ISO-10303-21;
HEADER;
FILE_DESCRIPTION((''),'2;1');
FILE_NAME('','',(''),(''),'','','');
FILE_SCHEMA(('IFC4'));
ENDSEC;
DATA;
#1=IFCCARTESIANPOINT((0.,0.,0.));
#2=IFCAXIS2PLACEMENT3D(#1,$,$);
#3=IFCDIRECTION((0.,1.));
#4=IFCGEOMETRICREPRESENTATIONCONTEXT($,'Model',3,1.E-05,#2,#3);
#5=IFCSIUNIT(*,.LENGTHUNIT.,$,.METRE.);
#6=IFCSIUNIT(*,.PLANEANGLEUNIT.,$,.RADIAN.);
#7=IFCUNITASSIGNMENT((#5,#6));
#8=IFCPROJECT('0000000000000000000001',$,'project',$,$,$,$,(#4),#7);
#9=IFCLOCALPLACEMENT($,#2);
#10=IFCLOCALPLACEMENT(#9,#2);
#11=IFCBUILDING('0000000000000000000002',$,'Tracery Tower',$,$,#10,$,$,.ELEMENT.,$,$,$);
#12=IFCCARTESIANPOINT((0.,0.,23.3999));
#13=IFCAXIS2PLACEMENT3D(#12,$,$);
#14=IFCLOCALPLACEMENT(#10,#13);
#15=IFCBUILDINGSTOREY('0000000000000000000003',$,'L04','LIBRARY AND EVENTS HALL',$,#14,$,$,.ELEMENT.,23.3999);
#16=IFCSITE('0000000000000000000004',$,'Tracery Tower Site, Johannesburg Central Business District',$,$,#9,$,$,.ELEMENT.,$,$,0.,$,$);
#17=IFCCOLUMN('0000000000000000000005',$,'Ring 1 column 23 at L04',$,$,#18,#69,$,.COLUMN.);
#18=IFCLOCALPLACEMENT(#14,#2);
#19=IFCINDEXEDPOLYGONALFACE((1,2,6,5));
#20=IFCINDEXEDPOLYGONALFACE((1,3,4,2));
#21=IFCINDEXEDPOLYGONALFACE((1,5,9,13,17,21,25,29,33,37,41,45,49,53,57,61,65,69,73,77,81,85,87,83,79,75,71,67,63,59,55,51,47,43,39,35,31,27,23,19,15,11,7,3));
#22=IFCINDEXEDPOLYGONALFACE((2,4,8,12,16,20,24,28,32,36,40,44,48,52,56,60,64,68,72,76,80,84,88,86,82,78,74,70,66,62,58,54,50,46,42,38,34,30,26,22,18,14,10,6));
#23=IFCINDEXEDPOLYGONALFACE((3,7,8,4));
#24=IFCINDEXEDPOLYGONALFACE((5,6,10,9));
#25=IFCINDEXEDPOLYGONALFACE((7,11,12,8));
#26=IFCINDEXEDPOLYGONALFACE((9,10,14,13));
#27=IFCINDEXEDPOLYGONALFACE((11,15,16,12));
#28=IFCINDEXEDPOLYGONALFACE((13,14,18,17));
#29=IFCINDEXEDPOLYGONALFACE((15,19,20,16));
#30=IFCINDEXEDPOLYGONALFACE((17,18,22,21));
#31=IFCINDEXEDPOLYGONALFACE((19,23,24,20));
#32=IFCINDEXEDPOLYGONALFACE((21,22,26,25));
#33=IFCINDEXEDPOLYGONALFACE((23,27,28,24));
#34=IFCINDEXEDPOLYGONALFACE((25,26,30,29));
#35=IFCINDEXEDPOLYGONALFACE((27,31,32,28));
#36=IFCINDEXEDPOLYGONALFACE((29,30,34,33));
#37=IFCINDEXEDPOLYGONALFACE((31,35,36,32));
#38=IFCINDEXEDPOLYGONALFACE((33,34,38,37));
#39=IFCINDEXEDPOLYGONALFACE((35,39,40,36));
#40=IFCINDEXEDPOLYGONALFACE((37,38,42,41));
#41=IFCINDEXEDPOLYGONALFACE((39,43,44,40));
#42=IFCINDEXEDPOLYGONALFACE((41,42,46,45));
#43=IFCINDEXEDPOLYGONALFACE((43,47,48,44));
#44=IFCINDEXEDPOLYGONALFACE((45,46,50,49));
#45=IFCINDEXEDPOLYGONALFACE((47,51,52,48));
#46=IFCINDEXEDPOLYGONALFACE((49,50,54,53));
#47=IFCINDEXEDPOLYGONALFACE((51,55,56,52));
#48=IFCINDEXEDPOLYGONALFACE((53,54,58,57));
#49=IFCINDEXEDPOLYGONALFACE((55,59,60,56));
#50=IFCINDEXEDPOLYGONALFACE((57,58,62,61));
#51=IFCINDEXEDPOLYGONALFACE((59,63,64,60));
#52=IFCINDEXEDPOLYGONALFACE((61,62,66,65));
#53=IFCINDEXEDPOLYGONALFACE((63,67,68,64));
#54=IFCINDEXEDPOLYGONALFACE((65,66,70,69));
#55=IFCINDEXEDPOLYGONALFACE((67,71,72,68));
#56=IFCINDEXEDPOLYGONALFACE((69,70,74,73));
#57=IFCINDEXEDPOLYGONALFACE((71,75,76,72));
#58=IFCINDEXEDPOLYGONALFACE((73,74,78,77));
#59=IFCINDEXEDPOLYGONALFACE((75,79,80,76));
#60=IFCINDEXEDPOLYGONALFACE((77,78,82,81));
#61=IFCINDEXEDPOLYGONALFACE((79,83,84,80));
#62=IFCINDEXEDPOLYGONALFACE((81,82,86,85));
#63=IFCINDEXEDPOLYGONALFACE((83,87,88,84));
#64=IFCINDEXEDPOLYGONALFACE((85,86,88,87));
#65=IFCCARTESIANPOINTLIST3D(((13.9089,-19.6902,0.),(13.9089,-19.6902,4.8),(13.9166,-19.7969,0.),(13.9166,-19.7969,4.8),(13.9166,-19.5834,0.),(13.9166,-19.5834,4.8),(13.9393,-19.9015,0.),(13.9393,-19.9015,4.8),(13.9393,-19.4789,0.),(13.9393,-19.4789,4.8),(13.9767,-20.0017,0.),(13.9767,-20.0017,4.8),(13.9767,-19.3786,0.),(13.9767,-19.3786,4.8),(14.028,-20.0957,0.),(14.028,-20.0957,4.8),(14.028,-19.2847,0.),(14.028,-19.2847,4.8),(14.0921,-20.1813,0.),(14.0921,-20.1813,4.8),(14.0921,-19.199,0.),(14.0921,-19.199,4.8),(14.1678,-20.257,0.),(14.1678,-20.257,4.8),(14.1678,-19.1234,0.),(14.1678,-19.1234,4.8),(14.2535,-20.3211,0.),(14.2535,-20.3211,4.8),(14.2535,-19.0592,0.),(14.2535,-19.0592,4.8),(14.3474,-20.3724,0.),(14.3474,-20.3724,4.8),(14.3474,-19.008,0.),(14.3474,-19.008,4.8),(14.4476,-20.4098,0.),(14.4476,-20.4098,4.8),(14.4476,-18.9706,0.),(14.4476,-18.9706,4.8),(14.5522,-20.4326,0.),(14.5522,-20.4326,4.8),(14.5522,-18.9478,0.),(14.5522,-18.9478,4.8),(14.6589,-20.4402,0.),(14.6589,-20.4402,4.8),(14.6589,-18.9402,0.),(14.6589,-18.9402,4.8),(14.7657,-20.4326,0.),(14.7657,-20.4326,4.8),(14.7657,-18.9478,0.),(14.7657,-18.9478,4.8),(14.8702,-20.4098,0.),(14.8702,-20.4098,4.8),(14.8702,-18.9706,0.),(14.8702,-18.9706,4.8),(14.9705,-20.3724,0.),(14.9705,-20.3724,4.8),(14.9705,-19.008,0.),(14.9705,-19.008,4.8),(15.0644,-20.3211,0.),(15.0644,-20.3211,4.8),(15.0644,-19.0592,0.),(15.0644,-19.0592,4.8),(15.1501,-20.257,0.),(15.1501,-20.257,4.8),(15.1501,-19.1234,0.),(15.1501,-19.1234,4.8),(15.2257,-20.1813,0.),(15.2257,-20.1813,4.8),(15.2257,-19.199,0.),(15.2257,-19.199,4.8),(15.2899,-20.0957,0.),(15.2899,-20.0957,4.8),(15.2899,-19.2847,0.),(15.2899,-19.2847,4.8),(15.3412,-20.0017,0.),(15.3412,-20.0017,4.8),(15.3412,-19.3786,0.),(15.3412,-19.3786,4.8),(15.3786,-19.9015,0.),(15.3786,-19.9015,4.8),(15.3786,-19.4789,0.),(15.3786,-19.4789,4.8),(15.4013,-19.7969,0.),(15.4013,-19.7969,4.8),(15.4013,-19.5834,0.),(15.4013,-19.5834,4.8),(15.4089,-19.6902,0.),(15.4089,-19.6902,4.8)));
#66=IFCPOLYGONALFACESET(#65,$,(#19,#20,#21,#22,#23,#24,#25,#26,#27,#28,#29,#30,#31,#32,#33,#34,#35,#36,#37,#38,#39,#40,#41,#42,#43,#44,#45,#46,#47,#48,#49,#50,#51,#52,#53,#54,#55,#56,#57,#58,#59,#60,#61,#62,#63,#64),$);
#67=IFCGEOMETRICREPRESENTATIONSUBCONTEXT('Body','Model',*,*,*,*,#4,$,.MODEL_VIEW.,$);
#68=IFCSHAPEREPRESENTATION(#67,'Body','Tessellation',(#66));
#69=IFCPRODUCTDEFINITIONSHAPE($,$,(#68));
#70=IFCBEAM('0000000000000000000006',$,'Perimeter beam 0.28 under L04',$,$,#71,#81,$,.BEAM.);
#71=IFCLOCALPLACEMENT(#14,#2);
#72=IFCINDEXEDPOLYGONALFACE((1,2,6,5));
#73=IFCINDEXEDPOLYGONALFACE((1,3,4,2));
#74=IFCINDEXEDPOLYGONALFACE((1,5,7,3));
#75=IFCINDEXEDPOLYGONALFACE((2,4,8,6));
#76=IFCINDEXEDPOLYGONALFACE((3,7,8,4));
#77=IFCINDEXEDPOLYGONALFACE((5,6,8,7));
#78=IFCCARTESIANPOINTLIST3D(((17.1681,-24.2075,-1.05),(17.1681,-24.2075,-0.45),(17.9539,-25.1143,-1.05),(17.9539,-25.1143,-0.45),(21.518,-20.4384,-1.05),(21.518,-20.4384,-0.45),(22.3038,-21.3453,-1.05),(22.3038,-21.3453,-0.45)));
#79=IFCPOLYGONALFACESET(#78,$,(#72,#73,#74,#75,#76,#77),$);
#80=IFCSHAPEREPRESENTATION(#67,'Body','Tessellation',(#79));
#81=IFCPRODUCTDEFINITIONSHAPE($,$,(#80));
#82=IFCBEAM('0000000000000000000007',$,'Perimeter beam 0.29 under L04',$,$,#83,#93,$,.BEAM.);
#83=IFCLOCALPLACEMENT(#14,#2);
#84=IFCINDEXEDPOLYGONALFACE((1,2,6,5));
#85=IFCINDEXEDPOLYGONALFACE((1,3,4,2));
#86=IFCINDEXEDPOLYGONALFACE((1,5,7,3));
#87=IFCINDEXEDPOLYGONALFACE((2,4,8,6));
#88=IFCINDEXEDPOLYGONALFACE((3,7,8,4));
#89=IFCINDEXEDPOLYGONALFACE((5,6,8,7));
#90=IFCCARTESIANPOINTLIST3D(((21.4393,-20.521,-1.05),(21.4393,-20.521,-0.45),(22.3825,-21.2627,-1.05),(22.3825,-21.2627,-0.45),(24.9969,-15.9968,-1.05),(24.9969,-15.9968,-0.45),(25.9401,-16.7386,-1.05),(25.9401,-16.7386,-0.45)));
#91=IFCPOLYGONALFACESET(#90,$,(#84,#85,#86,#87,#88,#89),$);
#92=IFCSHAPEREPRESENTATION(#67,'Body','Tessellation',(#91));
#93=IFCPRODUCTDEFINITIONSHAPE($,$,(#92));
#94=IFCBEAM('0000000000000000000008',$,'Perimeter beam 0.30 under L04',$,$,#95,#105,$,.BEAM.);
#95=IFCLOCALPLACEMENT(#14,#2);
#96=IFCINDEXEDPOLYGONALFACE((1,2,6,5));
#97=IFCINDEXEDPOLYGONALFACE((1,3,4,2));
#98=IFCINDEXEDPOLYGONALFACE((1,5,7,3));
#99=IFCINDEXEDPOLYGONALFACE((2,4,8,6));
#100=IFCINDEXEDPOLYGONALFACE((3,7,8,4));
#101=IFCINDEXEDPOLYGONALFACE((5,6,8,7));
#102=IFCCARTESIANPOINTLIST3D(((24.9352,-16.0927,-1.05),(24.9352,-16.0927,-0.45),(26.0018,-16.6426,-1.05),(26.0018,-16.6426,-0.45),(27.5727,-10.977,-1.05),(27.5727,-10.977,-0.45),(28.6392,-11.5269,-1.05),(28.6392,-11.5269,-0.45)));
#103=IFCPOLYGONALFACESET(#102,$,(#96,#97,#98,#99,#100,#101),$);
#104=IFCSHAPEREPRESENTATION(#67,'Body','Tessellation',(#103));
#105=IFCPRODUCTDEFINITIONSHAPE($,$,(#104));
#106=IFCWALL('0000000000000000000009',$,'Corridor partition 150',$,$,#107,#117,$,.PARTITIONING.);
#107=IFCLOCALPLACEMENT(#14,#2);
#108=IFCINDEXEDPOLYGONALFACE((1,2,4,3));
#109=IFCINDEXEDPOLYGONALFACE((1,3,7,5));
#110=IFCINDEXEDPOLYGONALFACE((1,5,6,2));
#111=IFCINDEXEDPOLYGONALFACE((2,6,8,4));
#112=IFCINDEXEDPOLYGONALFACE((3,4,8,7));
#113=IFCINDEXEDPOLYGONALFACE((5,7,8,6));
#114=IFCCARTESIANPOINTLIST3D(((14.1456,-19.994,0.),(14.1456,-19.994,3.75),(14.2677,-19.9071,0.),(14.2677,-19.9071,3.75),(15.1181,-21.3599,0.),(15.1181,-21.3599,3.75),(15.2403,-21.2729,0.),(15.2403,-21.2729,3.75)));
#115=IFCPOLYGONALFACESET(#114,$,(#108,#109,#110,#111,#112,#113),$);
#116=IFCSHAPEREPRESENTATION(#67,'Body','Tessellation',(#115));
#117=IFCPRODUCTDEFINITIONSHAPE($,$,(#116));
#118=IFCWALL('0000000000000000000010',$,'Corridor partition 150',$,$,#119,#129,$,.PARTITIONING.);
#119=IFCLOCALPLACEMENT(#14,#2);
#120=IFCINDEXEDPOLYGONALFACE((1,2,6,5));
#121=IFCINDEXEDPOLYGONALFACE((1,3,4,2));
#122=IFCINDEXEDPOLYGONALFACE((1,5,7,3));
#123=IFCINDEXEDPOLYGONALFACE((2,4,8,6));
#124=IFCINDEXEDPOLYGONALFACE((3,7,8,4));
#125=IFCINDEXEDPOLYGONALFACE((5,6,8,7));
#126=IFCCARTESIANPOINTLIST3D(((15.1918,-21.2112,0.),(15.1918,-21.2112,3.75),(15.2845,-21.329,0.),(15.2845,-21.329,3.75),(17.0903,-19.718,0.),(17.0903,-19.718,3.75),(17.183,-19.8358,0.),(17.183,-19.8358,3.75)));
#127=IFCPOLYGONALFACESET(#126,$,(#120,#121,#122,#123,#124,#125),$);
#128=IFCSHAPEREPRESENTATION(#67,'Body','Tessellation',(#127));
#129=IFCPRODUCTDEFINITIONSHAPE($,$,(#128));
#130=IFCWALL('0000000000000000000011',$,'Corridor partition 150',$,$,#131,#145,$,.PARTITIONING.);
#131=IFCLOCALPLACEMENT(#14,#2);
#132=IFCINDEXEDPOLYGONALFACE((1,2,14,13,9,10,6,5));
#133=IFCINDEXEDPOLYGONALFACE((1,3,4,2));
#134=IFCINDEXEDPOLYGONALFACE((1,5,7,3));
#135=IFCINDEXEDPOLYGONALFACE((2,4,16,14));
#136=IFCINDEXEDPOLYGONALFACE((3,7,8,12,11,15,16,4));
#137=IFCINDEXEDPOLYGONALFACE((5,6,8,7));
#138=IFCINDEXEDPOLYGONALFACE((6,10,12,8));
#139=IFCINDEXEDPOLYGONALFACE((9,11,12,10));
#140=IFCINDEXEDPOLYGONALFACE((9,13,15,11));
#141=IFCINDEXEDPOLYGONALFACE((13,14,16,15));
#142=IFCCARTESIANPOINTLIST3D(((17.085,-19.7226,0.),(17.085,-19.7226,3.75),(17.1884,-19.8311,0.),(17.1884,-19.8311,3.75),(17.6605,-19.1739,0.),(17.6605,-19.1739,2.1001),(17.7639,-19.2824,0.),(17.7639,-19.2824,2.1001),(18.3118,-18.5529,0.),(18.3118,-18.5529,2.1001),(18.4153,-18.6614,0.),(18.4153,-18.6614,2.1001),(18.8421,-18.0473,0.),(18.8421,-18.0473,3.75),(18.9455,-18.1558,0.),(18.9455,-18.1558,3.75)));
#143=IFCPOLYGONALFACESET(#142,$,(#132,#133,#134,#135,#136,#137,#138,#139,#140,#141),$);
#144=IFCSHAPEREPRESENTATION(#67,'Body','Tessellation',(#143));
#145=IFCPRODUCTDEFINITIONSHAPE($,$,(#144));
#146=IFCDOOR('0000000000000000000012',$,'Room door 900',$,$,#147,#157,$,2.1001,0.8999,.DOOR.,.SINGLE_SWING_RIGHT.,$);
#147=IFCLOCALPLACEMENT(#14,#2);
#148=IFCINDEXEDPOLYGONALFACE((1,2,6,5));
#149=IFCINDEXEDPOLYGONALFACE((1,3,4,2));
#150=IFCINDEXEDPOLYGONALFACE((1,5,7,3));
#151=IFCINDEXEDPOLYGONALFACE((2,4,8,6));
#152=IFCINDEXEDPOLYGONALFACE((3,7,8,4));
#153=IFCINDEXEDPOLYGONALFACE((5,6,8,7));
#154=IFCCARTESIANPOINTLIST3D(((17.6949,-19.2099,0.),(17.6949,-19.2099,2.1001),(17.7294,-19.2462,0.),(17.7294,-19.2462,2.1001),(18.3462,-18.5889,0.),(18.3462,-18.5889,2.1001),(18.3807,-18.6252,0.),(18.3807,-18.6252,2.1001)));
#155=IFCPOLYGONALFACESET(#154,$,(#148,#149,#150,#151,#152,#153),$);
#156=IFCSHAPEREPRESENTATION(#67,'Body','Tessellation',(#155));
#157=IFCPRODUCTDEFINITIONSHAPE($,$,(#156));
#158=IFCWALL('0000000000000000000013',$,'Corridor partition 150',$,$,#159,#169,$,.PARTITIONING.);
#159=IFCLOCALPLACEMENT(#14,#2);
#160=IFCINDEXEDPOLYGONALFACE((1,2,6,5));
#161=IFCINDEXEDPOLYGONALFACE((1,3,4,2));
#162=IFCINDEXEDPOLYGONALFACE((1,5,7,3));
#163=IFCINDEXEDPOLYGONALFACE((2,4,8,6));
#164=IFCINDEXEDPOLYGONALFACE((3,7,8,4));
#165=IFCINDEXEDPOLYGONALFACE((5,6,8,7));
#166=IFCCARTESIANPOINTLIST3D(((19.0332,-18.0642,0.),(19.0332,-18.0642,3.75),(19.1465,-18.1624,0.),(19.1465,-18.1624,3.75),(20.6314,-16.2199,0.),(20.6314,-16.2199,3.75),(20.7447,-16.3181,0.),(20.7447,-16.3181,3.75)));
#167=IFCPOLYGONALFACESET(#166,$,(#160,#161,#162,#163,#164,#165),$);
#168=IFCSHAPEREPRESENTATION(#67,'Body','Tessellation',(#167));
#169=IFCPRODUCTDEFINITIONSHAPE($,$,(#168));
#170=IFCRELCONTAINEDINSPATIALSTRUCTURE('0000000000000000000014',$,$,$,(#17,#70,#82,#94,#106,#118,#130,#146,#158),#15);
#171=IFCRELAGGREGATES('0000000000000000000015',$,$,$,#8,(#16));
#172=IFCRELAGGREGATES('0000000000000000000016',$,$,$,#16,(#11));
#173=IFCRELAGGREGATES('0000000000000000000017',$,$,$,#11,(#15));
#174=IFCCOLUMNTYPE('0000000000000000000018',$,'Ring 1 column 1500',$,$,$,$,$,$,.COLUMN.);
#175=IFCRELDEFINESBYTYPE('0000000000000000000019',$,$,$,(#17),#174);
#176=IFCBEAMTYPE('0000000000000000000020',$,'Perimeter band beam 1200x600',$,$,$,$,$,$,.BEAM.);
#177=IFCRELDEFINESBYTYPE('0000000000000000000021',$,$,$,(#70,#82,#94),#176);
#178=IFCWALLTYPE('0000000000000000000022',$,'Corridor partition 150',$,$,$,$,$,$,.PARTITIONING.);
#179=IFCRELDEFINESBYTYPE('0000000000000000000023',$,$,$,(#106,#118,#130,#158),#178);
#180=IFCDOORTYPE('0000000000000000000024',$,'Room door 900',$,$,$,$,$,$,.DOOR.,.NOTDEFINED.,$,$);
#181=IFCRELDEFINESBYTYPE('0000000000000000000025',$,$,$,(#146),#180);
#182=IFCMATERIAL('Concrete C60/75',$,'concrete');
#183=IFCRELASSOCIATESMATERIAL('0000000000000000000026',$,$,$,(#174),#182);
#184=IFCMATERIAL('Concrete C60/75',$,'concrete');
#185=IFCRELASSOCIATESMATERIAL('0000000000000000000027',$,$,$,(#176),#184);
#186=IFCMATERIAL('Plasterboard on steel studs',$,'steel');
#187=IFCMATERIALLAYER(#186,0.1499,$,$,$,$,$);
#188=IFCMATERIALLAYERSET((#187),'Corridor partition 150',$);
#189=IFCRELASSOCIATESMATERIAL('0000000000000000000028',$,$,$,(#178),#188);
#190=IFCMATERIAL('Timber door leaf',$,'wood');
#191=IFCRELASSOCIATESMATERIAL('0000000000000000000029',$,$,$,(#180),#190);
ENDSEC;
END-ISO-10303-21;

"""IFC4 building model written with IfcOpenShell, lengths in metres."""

from ifc_helpers import new_model, si_unit, direction, frame, frame_2d, origin, origin_2d, place, context, subcontext, project, spatial, rectangle, circle, extrude, material, layer, layer_set, material_profile, profile_set, type_object, element, fill, save


model = new_model("IFC4")

# Units and contexts
model_context = context("Model", 3, precision=1e-05, world=origin(), true_north=direction((0.0, 1.0)))
body_context = subcontext(model_context, "Body", "Model", "MODEL_VIEW")
ifc_project = project(units=[si_unit("LENGTHUNIT", "METRE"), si_unit("PLANEANGLEUNIT", "RADIAN")], contexts=[model_context])

# Site, building, storey
site_placement = place(None, origin())
site = spatial("IfcSite", under=ifc_project, at=site_placement, Name="Tracery Tower Site, Johannesburg Central Business District", CompositionType="ELEMENT", RefElevation=0.0)
building_placement = place(site_placement, origin())
building = spatial("IfcBuilding", under=site, at=building_placement, Name="Tracery Tower", CompositionType="ELEMENT")
storey_placement = place(building_placement, frame((0.0, 0.0, 23.3999)))
storey = spatial("IfcBuildingStorey", under=building, at=storey_placement, Name="L04", Description="LIBRARY AND EVENTS HALL", CompositionType="ELEMENT", Elevation=23.3999)

# Column
ifc_material_1 = material(Name="Concrete C60/75", Category="concrete")
ifc_material_profile_1 = material_profile(ifc_material_1, circle(Radius=0.75, at=origin_2d()), Name="RC D1500")
ifc_profile_set_1 = profile_set([ifc_material_profile_1], Name="Concrete C60/75")
column_type_1 = type_object("IfcColumnType", Name="Ring 1 column 1500", PredefinedType="COLUMN", material=ifc_profile_set_1)
column_placement = place(storey_placement, frame((14.6589, -19.6902, 0.0), z_axis=(0.0, 0.0, 1.0), x_axis=(1.0, 0.0, 0.0)))
element("IfcColumn", 1, at=column_placement, inside=storey, type_object=column_type_1, Name="Ring 1 column 23 at L04", PredefinedType="COLUMN", context=body_context, shape_type="SweptSolid", body=[
    extrude(circle(Radius=0.75, at=origin_2d()), origin(), (0.0, 0.0, 1.0), 4.8),
])

# Beams
ifc_material_2 = material(Name="Concrete C60/75", Category="concrete")
ifc_material_profile_2 = material_profile(ifc_material_2, rectangle(XDim=1.2, YDim=0.6001, at=origin_2d()), Name="RC 1200x600")
ifc_profile_set_2 = profile_set([ifc_material_profile_2], Name="Concrete C60/75")
beam_type = type_object("IfcBeamType", Name="Perimeter band beam 1200x600", PredefinedType="BEAM", material=ifc_profile_set_2)
beam_1_placement = place(storey_placement, frame((17.561, -24.6609, -0.75), z_axis=(0.75576, 0.654848, 0.0), x_axis=(-0.654848, 0.75576, 0.0)))
element("IfcBeam", 2, at=beam_1_placement, inside=storey, type_object=beam_type, Name="Perimeter beam 0.28 under L04", PredefinedType="BEAM", context=body_context, shape_type="SweptSolid", body=[
    extrude(rectangle(XDim=1.2, YDim=0.6001, at=origin_2d()), origin(), (0.0, 0.0, 1.0), 5.7556),
])
beam_2_placement = place(storey_placement, frame((21.9109, -20.8918, -0.75), z_axis=(0.618134, 0.786072, 0.0), x_axis=(-0.786072, 0.618134, 0.0)))
element("IfcBeam", 3, at=beam_2_placement, inside=storey, type_object=beam_type, Name="Perimeter beam 0.29 under L04", PredefinedType="BEAM", context=body_context, shape_type="SweptSolid", body=[
    extrude(rectangle(XDim=1.2, YDim=0.6001, at=origin_2d()), origin(), (0.0, 0.0, 1.0), 5.7554),
])
beam_3_placement = place(storey_placement, frame((25.4685, -16.3677, -0.75), z_axis=(0.458242, 0.888827, 0.0), x_axis=(-0.888827, 0.458242, 0.0)))
element("IfcBeam", 4, at=beam_3_placement, inside=storey, type_object=beam_type, Name="Perimeter beam 0.30 under L04", PredefinedType="BEAM", context=body_context, shape_type="SweptSolid", body=[
    extrude(rectangle(XDim=1.2, YDim=0.6001, at=origin_2d()), origin(), (0.0, 0.0, 1.0), 5.7556),
])

# Walls
ifc_material_3 = material(Name="Plasterboard on steel studs", Category="steel")
ifc_layer_1 = layer(ifc_material_3, 0.1499)
ifc_layer_set_1 = layer_set([ifc_layer_1], Name="Corridor partition 150")
wall_type_1 = type_object("IfcWallType", Name="Corridor partition 150", PredefinedType="PARTITIONING", material=ifc_layer_set_1)
wall_1_placement = place(storey_placement, frame((15.1792, -21.3164, 0.0), z_axis=(0.0, 0.0, 1.0), x_axis=(-0.580039, 0.814588, 0.0)))
element("IfcWall", 5, at=wall_1_placement, inside=storey, type_object=wall_type_1, Name="Corridor partition 150", PredefinedType="PARTITIONING", context=body_context, shape_type="SweptSolid", body=[
    extrude(rectangle(XDim=1.6768, YDim=0.1499, at=frame_2d((0.8384, 0.0))), origin(), (0.0, 0.0, 1.0), 3.75),
])
wall_2_placement = place(storey_placement, frame((15.2383, -21.27, 0.0), z_axis=(0.0, 0.0, 1.0), x_axis=(0.78601, 0.618214, 0.0)))
element("IfcWall", 6, at=wall_2_placement, inside=storey, type_object=wall_type_1, Name="Corridor partition 150", PredefinedType="PARTITIONING", context=body_context, shape_type="SweptSolid", body=[
    extrude(rectangle(XDim=2.4153, YDim=0.1499, at=frame_2d((1.2075, 0.0))), origin(), (0.0, 0.0, 1.0), 3.75),
])

# Wall, opening, door
wall_3_placement = place(storey_placement, frame((18.8938, -18.1016, 0.0), z_axis=(0.0, 0.0, 1.0), x_axis=(-0.72375, -0.690062, 0.0)))
wall_3 = element("IfcWall", 7, at=wall_3_placement, inside=storey, type_object=wall_type_1, Name="Corridor partition 150", PredefinedType="PARTITIONING", context=body_context, shape_type="SweptSolid", body=[
    extrude(rectangle(XDim=2.4277, YDim=0.1499, at=frame_2d((1.2139, 0.0))), origin(), (0.0, 0.0, 1.0), 3.75),
])
opening_1_placement = place(wall_3_placement, frame((0.7327, 0.0, 0.0)))
opening_1 = element("IfcOpeningElement", 8, at=opening_1_placement, cuts=wall_3, PredefinedType="OPENING", context=body_context, shape_type="SweptSolid", body=[
    extrude(rectangle(XDim=0.8999, YDim=2.1001, at=frame_2d((0.45, 1.05))), frame((0.0, 0.075, 0.0), z_axis=(0.0, -1.0, 0.0), x_axis=(1.0, 0.0, 0.0)), (0.0, 0.0, 1.0), 0.1499),
])
ifc_material_4 = material(Name="Timber door leaf", Category="wood")
door_type = type_object("IfcDoorType", Name="Room door 900", OperationType="NOTDEFINED", PredefinedType="DOOR", material=ifc_material_4)
door_placement = place(opening_1_placement, origin())
door = element("IfcDoor", 9, at=door_placement, inside=storey, type_object=door_type, Name="Room door 900", OperationType="SINGLE_SWING_RIGHT", OverallHeight=2.1001, OverallWidth=0.8999, PredefinedType="DOOR", context=body_context, shape_type="SweptSolid", body=[
    extrude(rectangle(XDim=0.8999, YDim=2.1001, at=frame_2d((0.45, 1.05))), frame((0.0, 0.0249, 0.0), z_axis=(0.0, -1.0, 0.0), x_axis=(1.0, 0.0, 0.0)), (0.0, 0.0, 1.0), 0.05),
])
fill(opening_1, door)

# Wall
wall_4_placement = place(storey_placement, frame((19.0898, -18.1133, 0.0), z_axis=(0.0, 0.0, 1.0), x_axis=(0.654885, 0.755729, 0.0)))
element("IfcWall", 10, at=wall_4_placement, inside=storey, type_object=wall_type_1, Name="Corridor partition 150", PredefinedType="PARTITIONING", context=body_context, shape_type="SweptSolid", body=[
    extrude(rectangle(XDim=2.4404, YDim=0.1499, at=frame_2d((1.2202, 0.0))), origin(), (0.0, 0.0, 1.0), 3.75),
])

save(model, "model.ifc")
